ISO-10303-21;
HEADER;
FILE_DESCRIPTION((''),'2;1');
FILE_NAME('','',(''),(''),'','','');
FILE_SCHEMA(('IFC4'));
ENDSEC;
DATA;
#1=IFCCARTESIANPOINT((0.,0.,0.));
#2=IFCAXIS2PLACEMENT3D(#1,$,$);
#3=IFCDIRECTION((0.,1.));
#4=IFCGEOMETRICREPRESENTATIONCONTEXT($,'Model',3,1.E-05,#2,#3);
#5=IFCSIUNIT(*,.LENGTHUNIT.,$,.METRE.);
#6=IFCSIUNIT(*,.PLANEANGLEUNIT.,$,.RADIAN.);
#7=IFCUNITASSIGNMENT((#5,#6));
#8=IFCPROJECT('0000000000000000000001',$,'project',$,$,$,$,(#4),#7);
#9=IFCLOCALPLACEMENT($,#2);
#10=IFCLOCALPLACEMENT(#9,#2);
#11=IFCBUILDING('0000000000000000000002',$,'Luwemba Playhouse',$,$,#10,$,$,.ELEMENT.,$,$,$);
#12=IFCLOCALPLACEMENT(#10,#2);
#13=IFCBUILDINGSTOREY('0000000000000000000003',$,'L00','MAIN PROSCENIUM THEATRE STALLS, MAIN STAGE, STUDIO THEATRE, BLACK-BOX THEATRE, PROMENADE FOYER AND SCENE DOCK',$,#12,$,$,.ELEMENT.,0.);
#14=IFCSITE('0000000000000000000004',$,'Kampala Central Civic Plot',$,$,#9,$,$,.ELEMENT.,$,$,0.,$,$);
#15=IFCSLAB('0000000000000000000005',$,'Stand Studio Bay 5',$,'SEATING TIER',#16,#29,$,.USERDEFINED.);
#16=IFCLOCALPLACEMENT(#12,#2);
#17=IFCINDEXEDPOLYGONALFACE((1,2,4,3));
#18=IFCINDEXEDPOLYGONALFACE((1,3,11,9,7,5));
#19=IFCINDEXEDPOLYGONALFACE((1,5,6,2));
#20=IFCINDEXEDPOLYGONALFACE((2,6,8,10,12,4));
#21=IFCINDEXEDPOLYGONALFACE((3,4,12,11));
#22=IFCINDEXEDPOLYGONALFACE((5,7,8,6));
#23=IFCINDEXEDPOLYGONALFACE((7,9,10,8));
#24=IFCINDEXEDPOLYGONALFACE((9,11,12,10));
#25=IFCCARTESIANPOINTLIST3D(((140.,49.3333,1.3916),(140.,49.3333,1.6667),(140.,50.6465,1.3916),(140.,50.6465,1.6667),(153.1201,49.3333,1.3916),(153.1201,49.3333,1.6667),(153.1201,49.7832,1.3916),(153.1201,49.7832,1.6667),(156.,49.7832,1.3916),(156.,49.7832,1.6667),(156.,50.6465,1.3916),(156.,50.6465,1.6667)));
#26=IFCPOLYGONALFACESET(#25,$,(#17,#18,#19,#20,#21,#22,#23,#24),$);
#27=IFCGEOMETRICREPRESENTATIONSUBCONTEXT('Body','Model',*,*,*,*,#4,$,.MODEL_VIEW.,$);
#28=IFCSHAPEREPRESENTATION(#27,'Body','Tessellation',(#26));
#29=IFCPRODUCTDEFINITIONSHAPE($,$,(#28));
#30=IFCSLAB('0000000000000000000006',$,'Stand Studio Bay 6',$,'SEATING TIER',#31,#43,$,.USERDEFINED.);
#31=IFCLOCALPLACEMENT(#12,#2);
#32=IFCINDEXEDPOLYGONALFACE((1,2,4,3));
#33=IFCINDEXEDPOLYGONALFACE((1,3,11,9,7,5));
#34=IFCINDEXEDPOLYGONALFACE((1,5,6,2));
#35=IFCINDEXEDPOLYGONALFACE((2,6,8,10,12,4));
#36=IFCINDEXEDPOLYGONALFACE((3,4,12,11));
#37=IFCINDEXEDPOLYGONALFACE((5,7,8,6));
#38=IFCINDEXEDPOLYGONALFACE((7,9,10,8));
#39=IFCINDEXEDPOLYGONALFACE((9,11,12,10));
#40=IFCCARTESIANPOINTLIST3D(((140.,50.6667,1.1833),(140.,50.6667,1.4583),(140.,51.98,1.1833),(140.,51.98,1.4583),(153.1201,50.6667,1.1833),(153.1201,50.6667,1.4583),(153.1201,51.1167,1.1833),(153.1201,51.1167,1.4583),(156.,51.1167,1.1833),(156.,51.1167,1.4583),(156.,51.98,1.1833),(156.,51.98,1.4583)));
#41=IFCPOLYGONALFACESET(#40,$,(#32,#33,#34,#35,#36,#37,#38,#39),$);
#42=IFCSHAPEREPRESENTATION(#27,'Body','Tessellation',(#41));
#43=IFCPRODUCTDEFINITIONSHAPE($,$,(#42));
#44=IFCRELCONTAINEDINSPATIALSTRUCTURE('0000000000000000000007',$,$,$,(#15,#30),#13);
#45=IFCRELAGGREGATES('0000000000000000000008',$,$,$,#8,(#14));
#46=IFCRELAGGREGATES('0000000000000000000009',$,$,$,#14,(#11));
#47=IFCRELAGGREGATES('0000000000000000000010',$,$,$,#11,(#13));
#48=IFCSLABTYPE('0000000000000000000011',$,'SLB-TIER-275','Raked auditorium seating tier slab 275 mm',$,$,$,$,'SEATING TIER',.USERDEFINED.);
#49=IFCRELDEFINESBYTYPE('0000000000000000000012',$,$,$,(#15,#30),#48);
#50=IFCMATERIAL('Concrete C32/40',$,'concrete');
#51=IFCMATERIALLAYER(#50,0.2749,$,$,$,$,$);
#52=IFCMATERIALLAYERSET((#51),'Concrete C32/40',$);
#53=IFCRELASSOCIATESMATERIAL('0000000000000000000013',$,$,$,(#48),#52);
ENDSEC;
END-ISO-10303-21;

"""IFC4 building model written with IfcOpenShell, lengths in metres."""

from ifc_helpers import new_model, si_unit, direction, frame, origin, place, context, subcontext, project, spatial, polyline, outline, extrude, material, layer, layer_set, type_object, element, save


model = new_model("IFC4")

# Units and contexts
model_context = context("Model", 3, precision=1e-05, world=origin(), true_north=direction((0.0, 1.0)))
body_context = subcontext(model_context, "Body", "Model", "MODEL_VIEW")
ifc_project = project(units=[si_unit("LENGTHUNIT", "METRE"), si_unit("PLANEANGLEUNIT", "RADIAN")], contexts=[model_context])

# Site, building, storey
site_placement = place(None, origin())
site = spatial("IfcSite", under=ifc_project, at=site_placement, Name="Kampala Central Civic Plot", CompositionType="ELEMENT", RefElevation=0.0)
building_placement = place(site_placement, origin())
building = spatial("IfcBuilding", under=site, at=building_placement, Name="Luwemba Playhouse", CompositionType="ELEMENT")
storey_placement = place(building_placement, origin())
storey = spatial("IfcBuildingStorey", under=building, at=storey_placement, Name="L00", Description="MAIN PROSCENIUM THEATRE STALLS, MAIN STAGE, STUDIO THEATRE, BLACK-BOX THEATRE, PROMENADE FOYER AND SCENE DOCK", CompositionType="ELEMENT", Elevation=0.0)

# Slabs
ifc_material_1 = material(Name="Concrete C32/40", Category="concrete")
ifc_layer_1 = layer(ifc_material_1, 0.2749)
ifc_layer_set_1 = layer_set([ifc_layer_1], Name="Concrete C32/40")
slab_type_1 = type_object("IfcSlabType", Name="SLB-TIER-275", Description="Raked auditorium seating tier slab 275 mm", ElementType="SEATING TIER", PredefinedType="USERDEFINED", material=ifc_layer_set_1)
slab_1_placement = place(storey_placement, frame((0.0, 0.0, 1.3916)))
element("IfcSlab", 1, at=slab_1_placement, inside=storey, type_object=slab_type_1, Name="Stand Studio Bay 5", ObjectType="SEATING TIER", PredefinedType="USERDEFINED", context=body_context, shape_type="SweptSolid", body=[
    extrude(outline(polyline([(140.0, 49.3333), (153.1201, 49.3333), (153.1201, 49.7832), (156.0, 49.7832), (156.0, 50.6465), (140.0, 50.6465), (140.0, 49.3333)])), origin(), (0.0, 0.0, 1.0), 0.2751),
])
slab_2_placement = place(storey_placement, frame((0.0, 0.0, 1.1833)))
element("IfcSlab", 2, at=slab_2_placement, inside=storey, type_object=slab_type_1, Name="Stand Studio Bay 6", ObjectType="SEATING TIER", PredefinedType="USERDEFINED", context=body_context, shape_type="SweptSolid", body=[
    extrude(outline(polyline([(140.0, 50.6667), (153.1201, 50.6667), (153.1201, 51.1167), (156.0, 51.1167), (156.0, 51.98), (140.0, 51.98), (140.0, 50.6667)])), origin(), (0.0, 0.0, 1.0), 0.2749),
])

save(model, "model.ifc")
